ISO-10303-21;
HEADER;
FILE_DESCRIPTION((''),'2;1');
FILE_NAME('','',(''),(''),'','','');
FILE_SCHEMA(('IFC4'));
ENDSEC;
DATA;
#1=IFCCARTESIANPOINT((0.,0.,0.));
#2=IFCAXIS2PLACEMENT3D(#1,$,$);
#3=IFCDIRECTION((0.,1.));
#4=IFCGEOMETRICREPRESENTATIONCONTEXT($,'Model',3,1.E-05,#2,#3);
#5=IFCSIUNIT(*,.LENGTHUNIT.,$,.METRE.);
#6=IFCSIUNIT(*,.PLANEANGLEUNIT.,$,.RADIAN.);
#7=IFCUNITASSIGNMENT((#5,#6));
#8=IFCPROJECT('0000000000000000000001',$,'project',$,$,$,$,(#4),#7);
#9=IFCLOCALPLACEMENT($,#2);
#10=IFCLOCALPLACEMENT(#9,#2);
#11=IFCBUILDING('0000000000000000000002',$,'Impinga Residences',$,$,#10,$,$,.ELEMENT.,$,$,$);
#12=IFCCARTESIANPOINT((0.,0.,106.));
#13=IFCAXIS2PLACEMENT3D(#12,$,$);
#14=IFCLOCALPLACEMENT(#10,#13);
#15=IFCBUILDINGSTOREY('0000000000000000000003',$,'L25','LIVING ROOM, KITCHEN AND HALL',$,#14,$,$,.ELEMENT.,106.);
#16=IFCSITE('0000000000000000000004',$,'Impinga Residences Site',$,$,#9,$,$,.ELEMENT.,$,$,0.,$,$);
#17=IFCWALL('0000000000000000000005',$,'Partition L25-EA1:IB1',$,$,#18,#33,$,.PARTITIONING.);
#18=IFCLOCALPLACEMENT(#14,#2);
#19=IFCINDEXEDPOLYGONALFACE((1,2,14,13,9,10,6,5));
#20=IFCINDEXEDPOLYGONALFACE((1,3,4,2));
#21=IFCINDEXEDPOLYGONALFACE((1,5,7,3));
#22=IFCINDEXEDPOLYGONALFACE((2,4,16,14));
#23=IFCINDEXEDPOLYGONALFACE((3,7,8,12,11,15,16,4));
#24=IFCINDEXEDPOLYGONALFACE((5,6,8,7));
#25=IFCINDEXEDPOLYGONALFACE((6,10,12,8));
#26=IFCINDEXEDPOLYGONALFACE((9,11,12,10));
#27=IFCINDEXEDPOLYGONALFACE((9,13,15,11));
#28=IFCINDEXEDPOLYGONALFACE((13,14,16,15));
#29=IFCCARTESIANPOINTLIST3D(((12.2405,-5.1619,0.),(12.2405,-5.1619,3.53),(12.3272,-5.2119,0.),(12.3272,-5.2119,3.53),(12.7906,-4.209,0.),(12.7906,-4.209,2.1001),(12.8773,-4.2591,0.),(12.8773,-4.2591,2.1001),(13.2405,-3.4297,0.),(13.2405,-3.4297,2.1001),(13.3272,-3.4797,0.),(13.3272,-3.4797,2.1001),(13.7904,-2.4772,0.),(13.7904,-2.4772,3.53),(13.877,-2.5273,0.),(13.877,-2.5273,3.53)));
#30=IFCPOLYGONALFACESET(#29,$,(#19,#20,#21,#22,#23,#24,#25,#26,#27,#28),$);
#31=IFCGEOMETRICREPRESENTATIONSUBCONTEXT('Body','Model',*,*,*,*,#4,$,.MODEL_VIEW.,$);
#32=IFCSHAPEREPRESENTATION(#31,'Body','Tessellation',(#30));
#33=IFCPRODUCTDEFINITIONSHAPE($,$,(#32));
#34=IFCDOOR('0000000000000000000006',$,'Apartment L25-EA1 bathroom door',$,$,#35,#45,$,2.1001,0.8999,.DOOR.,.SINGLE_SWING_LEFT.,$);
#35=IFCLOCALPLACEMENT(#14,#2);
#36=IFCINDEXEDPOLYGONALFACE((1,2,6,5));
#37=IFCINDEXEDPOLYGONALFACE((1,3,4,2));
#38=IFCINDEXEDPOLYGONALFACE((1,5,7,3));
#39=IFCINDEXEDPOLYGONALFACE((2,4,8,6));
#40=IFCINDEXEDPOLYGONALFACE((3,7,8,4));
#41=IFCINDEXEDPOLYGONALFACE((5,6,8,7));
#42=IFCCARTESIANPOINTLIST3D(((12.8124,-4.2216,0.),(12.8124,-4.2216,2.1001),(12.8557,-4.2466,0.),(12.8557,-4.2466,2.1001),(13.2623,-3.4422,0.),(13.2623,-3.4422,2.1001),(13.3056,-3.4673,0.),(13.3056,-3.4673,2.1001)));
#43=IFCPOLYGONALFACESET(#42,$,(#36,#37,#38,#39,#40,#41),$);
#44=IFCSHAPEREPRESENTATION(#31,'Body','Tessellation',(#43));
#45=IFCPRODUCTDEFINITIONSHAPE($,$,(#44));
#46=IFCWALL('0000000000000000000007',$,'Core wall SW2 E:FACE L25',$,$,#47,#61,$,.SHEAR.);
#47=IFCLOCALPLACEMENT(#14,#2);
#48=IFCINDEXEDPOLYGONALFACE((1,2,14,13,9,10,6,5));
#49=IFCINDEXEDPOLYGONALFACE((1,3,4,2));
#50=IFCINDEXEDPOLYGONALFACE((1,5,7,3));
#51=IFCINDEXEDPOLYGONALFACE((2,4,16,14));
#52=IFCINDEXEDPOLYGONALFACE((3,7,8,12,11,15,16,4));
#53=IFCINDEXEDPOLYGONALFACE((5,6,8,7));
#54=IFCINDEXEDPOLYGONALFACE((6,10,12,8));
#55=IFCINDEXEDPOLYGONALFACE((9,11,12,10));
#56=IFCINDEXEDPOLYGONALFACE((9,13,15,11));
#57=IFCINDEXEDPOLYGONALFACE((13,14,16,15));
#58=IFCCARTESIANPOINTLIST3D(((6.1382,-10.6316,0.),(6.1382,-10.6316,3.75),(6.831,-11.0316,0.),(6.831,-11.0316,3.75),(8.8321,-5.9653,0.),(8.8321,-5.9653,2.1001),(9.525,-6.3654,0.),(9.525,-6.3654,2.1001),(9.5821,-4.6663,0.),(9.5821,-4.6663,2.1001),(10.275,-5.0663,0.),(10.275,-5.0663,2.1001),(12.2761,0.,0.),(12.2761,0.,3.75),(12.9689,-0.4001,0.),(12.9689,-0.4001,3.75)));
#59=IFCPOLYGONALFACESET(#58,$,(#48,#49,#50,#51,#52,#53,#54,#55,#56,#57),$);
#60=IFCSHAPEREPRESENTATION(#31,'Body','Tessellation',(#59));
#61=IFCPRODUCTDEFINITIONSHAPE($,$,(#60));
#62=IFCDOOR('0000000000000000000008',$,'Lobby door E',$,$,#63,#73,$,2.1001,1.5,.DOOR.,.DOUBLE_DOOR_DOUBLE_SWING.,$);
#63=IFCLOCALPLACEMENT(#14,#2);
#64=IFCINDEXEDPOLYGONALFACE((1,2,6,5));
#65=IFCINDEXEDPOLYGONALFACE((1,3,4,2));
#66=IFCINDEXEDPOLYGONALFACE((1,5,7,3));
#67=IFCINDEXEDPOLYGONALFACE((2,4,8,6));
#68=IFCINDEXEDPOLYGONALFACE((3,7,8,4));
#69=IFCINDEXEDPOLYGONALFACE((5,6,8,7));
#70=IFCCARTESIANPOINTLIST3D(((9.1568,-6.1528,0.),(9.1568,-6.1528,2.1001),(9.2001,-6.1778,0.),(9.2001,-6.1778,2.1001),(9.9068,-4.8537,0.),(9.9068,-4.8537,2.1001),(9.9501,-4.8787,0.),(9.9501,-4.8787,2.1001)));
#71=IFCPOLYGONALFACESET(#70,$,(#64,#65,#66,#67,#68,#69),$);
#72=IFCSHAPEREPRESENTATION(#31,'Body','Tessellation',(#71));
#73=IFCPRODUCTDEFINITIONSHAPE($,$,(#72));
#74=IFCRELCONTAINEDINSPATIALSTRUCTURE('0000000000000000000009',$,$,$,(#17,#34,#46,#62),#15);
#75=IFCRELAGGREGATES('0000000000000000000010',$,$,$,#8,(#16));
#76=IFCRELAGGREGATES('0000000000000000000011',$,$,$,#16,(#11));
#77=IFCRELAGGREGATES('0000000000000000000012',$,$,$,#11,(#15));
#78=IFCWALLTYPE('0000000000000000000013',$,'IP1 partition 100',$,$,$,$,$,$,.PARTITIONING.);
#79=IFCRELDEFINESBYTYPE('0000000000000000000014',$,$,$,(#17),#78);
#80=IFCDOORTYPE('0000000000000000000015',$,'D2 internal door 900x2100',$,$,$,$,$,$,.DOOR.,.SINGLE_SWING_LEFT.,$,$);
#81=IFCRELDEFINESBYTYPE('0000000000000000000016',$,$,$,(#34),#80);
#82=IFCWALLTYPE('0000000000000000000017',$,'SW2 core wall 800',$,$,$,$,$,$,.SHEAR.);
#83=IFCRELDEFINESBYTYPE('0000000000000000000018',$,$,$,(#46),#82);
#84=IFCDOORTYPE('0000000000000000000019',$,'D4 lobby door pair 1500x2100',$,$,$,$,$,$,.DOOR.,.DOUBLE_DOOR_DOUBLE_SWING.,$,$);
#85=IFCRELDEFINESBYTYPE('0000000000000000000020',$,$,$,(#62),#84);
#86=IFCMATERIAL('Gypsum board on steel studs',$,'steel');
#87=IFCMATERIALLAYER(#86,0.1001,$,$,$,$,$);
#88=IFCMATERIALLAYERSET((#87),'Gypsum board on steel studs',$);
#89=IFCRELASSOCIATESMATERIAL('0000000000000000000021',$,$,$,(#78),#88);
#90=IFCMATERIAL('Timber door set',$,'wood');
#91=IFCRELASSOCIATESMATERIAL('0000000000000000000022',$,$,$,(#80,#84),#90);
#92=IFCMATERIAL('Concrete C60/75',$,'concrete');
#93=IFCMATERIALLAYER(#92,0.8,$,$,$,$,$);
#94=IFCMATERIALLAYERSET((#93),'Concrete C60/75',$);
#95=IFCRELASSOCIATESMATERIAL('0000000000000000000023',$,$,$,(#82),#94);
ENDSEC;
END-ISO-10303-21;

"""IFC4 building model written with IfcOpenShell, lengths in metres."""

from ifc_helpers import new_model, si_unit, direction, frame, frame_2d, origin, place, context, subcontext, project, spatial, rectangle, extrude, material, layer, layer_set, type_object, element, fill, save


model = new_model("IFC4")

# Units and contexts
model_context = context("Model", 3, precision=1e-05, world=origin(), true_north=direction((0.0, 1.0)))
body_context = subcontext(model_context, "Body", "Model", "MODEL_VIEW")
ifc_project = project(units=[si_unit("LENGTHUNIT", "METRE"), si_unit("PLANEANGLEUNIT", "RADIAN")], contexts=[model_context])

# Site, building, storey
site_placement = place(None, origin())
site = spatial("IfcSite", under=ifc_project, at=site_placement, Name="Impinga Residences Site", CompositionType="ELEMENT", RefElevation=0.0)
building_placement = place(site_placement, origin())
building = spatial("IfcBuilding", under=site, at=building_placement, Name="Impinga Residences", CompositionType="ELEMENT")
storey_placement = place(building_placement, frame((0.0, 0.0, 106.0)))
storey = spatial("IfcBuildingStorey", under=building, at=storey_placement, Name="L25", Description="LIVING ROOM, KITCHEN AND HALL", CompositionType="ELEMENT", Elevation=106.0)

# Shared definitions
ifc_material_1 = material(Name="Concrete C60/75", Category="concrete")
ifc_material_2 = material(Name="Timber door set", Category="wood")

# Shared definitions
ifc_material_3 = material(Name="Gypsum board on steel studs", Category="steel")
ifc_layer_1 = layer(ifc_material_3, 0.1001)
ifc_layer_set_1 = layer_set([ifc_layer_1], Name="Gypsum board on steel studs")
wall_type_1 = type_object("IfcWallType", Name="IP1 partition 100", PredefinedType="PARTITIONING", material=ifc_layer_set_1)

# Shared definitions
door_type_1 = type_object("IfcDoorType", Name="D2 internal door 900x2100", OperationType="SINGLE_SWING_LEFT", PredefinedType="DOOR", material=ifc_material_2)

# Walls, openings, doors
wall_1_placement = place(storey_placement, frame((12.2839, -5.1868, 0.0), z_axis=(0.0, 0.0, 1.0), x_axis=(0.499968, 0.866044, 0.0)))
wall_1 = element("IfcWall", 1, at=wall_1_placement, inside=storey, type_object=wall_type_1, Name="Partition L25-EA1:IB1", PredefinedType="PARTITIONING", context=body_context, shape_type="SweptSolid", body=[
    extrude(rectangle(XDim=3.0999, YDim=0.1001, at=frame_2d((1.5498, 0.0))), origin(), (0.0, 0.0, 1.0), 3.53),
])
opening_1_placement = place(wall_1_placement, frame((1.1001, 0.0, 0.0)))
opening_1 = element("IfcOpeningElement", 2, at=opening_1_placement, cuts=wall_1, PredefinedType="OPENING", context=body_context, shape_type="SweptSolid", body=[
    extrude(rectangle(XDim=0.8999, YDim=2.1001, at=frame_2d((0.45, 1.05))), frame((0.0, 0.0601, 0.0), z_axis=(0.0, -1.0, 0.0), x_axis=(1.0, 0.0, 0.0)), (0.0, 0.0, 1.0), 0.1201),
])
door_1_placement = place(opening_1_placement, origin())
door_1 = element("IfcDoor", 3, at=door_1_placement, inside=storey, type_object=door_type_1, Name="Apartment L25-EA1 bathroom door", OperationType="SINGLE_SWING_LEFT", OverallHeight=2.1001, OverallWidth=0.8999, PredefinedType="DOOR", context=body_context, shape_type="SweptSolid", body=[
    extrude(rectangle(XDim=0.8999, YDim=2.1001, at=frame_2d((0.45, 1.05))), frame((0.0, 0.0249, 0.0), z_axis=(0.0, -1.0, 0.0), x_axis=(1.0, 0.0, 0.0)), (0.0, 0.0, 1.0), 0.05),
])
fill(opening_1, door_1)
ifc_layer_2 = layer(ifc_material_1, 0.8)
ifc_layer_set_2 = layer_set([ifc_layer_2], Name="Concrete C60/75")
wall_type_2 = type_object("IfcWallType", Name="SW2 core wall 800", PredefinedType="SHEAR", material=ifc_layer_set_2)
wall_2_placement = place(storey_placement, frame((12.6226, -0.2, 0.0), z_axis=(0.0, 0.0, 1.0), x_axis=(-0.499987, -0.866033, 0.0)))
wall_2 = element("IfcWall", 4, at=wall_2_placement, inside=storey, type_object=wall_type_2, Name="Core wall SW2 E:FACE L25", PredefinedType="SHEAR", context=body_context, shape_type="SweptSolid", body=[
    extrude(rectangle(XDim=12.2761, YDim=0.8, at=frame_2d((6.1382, 0.0))), origin(), (0.0, 0.0, 1.0), 3.75),
])
opening_2_placement = place(wall_2_placement, frame((5.3882, 0.0, 0.0)))
opening_2 = element("IfcOpeningElement", 5, at=opening_2_placement, cuts=wall_2, PredefinedType="OPENING", context=body_context, shape_type="SweptSolid", body=[
    extrude(rectangle(XDim=1.5, YDim=2.1001, at=frame_2d((0.75, 1.05))), frame((0.0, 0.4099, 0.0), z_axis=(0.0, -1.0, 0.0), x_axis=(1.0, 0.0, 0.0)), (0.0, 0.0, 1.0), 0.8201),
])
door_type_2 = type_object("IfcDoorType", Name="D4 lobby door pair 1500x2100", OperationType="DOUBLE_DOOR_DOUBLE_SWING", PredefinedType="DOOR", material=ifc_material_2)
door_2_placement = place(opening_2_placement, origin())
door_2 = element("IfcDoor", 6, at=door_2_placement, inside=storey, type_object=door_type_2, Name="Lobby door E", OperationType="DOUBLE_DOOR_DOUBLE_SWING", OverallHeight=2.1001, OverallWidth=1.5, PredefinedType="DOOR", context=body_context, shape_type="SweptSolid", body=[
    extrude(rectangle(XDim=1.5, YDim=2.1001, at=frame_2d((0.75, 1.05))), frame((0.0, 0.0249, 0.0), z_axis=(0.0, -1.0, 0.0), x_axis=(1.0, 0.0, 0.0)), (0.0, 0.0, 1.0), 0.05),
])
fill(opening_2, door_2)

save(model, "model.ifc")
